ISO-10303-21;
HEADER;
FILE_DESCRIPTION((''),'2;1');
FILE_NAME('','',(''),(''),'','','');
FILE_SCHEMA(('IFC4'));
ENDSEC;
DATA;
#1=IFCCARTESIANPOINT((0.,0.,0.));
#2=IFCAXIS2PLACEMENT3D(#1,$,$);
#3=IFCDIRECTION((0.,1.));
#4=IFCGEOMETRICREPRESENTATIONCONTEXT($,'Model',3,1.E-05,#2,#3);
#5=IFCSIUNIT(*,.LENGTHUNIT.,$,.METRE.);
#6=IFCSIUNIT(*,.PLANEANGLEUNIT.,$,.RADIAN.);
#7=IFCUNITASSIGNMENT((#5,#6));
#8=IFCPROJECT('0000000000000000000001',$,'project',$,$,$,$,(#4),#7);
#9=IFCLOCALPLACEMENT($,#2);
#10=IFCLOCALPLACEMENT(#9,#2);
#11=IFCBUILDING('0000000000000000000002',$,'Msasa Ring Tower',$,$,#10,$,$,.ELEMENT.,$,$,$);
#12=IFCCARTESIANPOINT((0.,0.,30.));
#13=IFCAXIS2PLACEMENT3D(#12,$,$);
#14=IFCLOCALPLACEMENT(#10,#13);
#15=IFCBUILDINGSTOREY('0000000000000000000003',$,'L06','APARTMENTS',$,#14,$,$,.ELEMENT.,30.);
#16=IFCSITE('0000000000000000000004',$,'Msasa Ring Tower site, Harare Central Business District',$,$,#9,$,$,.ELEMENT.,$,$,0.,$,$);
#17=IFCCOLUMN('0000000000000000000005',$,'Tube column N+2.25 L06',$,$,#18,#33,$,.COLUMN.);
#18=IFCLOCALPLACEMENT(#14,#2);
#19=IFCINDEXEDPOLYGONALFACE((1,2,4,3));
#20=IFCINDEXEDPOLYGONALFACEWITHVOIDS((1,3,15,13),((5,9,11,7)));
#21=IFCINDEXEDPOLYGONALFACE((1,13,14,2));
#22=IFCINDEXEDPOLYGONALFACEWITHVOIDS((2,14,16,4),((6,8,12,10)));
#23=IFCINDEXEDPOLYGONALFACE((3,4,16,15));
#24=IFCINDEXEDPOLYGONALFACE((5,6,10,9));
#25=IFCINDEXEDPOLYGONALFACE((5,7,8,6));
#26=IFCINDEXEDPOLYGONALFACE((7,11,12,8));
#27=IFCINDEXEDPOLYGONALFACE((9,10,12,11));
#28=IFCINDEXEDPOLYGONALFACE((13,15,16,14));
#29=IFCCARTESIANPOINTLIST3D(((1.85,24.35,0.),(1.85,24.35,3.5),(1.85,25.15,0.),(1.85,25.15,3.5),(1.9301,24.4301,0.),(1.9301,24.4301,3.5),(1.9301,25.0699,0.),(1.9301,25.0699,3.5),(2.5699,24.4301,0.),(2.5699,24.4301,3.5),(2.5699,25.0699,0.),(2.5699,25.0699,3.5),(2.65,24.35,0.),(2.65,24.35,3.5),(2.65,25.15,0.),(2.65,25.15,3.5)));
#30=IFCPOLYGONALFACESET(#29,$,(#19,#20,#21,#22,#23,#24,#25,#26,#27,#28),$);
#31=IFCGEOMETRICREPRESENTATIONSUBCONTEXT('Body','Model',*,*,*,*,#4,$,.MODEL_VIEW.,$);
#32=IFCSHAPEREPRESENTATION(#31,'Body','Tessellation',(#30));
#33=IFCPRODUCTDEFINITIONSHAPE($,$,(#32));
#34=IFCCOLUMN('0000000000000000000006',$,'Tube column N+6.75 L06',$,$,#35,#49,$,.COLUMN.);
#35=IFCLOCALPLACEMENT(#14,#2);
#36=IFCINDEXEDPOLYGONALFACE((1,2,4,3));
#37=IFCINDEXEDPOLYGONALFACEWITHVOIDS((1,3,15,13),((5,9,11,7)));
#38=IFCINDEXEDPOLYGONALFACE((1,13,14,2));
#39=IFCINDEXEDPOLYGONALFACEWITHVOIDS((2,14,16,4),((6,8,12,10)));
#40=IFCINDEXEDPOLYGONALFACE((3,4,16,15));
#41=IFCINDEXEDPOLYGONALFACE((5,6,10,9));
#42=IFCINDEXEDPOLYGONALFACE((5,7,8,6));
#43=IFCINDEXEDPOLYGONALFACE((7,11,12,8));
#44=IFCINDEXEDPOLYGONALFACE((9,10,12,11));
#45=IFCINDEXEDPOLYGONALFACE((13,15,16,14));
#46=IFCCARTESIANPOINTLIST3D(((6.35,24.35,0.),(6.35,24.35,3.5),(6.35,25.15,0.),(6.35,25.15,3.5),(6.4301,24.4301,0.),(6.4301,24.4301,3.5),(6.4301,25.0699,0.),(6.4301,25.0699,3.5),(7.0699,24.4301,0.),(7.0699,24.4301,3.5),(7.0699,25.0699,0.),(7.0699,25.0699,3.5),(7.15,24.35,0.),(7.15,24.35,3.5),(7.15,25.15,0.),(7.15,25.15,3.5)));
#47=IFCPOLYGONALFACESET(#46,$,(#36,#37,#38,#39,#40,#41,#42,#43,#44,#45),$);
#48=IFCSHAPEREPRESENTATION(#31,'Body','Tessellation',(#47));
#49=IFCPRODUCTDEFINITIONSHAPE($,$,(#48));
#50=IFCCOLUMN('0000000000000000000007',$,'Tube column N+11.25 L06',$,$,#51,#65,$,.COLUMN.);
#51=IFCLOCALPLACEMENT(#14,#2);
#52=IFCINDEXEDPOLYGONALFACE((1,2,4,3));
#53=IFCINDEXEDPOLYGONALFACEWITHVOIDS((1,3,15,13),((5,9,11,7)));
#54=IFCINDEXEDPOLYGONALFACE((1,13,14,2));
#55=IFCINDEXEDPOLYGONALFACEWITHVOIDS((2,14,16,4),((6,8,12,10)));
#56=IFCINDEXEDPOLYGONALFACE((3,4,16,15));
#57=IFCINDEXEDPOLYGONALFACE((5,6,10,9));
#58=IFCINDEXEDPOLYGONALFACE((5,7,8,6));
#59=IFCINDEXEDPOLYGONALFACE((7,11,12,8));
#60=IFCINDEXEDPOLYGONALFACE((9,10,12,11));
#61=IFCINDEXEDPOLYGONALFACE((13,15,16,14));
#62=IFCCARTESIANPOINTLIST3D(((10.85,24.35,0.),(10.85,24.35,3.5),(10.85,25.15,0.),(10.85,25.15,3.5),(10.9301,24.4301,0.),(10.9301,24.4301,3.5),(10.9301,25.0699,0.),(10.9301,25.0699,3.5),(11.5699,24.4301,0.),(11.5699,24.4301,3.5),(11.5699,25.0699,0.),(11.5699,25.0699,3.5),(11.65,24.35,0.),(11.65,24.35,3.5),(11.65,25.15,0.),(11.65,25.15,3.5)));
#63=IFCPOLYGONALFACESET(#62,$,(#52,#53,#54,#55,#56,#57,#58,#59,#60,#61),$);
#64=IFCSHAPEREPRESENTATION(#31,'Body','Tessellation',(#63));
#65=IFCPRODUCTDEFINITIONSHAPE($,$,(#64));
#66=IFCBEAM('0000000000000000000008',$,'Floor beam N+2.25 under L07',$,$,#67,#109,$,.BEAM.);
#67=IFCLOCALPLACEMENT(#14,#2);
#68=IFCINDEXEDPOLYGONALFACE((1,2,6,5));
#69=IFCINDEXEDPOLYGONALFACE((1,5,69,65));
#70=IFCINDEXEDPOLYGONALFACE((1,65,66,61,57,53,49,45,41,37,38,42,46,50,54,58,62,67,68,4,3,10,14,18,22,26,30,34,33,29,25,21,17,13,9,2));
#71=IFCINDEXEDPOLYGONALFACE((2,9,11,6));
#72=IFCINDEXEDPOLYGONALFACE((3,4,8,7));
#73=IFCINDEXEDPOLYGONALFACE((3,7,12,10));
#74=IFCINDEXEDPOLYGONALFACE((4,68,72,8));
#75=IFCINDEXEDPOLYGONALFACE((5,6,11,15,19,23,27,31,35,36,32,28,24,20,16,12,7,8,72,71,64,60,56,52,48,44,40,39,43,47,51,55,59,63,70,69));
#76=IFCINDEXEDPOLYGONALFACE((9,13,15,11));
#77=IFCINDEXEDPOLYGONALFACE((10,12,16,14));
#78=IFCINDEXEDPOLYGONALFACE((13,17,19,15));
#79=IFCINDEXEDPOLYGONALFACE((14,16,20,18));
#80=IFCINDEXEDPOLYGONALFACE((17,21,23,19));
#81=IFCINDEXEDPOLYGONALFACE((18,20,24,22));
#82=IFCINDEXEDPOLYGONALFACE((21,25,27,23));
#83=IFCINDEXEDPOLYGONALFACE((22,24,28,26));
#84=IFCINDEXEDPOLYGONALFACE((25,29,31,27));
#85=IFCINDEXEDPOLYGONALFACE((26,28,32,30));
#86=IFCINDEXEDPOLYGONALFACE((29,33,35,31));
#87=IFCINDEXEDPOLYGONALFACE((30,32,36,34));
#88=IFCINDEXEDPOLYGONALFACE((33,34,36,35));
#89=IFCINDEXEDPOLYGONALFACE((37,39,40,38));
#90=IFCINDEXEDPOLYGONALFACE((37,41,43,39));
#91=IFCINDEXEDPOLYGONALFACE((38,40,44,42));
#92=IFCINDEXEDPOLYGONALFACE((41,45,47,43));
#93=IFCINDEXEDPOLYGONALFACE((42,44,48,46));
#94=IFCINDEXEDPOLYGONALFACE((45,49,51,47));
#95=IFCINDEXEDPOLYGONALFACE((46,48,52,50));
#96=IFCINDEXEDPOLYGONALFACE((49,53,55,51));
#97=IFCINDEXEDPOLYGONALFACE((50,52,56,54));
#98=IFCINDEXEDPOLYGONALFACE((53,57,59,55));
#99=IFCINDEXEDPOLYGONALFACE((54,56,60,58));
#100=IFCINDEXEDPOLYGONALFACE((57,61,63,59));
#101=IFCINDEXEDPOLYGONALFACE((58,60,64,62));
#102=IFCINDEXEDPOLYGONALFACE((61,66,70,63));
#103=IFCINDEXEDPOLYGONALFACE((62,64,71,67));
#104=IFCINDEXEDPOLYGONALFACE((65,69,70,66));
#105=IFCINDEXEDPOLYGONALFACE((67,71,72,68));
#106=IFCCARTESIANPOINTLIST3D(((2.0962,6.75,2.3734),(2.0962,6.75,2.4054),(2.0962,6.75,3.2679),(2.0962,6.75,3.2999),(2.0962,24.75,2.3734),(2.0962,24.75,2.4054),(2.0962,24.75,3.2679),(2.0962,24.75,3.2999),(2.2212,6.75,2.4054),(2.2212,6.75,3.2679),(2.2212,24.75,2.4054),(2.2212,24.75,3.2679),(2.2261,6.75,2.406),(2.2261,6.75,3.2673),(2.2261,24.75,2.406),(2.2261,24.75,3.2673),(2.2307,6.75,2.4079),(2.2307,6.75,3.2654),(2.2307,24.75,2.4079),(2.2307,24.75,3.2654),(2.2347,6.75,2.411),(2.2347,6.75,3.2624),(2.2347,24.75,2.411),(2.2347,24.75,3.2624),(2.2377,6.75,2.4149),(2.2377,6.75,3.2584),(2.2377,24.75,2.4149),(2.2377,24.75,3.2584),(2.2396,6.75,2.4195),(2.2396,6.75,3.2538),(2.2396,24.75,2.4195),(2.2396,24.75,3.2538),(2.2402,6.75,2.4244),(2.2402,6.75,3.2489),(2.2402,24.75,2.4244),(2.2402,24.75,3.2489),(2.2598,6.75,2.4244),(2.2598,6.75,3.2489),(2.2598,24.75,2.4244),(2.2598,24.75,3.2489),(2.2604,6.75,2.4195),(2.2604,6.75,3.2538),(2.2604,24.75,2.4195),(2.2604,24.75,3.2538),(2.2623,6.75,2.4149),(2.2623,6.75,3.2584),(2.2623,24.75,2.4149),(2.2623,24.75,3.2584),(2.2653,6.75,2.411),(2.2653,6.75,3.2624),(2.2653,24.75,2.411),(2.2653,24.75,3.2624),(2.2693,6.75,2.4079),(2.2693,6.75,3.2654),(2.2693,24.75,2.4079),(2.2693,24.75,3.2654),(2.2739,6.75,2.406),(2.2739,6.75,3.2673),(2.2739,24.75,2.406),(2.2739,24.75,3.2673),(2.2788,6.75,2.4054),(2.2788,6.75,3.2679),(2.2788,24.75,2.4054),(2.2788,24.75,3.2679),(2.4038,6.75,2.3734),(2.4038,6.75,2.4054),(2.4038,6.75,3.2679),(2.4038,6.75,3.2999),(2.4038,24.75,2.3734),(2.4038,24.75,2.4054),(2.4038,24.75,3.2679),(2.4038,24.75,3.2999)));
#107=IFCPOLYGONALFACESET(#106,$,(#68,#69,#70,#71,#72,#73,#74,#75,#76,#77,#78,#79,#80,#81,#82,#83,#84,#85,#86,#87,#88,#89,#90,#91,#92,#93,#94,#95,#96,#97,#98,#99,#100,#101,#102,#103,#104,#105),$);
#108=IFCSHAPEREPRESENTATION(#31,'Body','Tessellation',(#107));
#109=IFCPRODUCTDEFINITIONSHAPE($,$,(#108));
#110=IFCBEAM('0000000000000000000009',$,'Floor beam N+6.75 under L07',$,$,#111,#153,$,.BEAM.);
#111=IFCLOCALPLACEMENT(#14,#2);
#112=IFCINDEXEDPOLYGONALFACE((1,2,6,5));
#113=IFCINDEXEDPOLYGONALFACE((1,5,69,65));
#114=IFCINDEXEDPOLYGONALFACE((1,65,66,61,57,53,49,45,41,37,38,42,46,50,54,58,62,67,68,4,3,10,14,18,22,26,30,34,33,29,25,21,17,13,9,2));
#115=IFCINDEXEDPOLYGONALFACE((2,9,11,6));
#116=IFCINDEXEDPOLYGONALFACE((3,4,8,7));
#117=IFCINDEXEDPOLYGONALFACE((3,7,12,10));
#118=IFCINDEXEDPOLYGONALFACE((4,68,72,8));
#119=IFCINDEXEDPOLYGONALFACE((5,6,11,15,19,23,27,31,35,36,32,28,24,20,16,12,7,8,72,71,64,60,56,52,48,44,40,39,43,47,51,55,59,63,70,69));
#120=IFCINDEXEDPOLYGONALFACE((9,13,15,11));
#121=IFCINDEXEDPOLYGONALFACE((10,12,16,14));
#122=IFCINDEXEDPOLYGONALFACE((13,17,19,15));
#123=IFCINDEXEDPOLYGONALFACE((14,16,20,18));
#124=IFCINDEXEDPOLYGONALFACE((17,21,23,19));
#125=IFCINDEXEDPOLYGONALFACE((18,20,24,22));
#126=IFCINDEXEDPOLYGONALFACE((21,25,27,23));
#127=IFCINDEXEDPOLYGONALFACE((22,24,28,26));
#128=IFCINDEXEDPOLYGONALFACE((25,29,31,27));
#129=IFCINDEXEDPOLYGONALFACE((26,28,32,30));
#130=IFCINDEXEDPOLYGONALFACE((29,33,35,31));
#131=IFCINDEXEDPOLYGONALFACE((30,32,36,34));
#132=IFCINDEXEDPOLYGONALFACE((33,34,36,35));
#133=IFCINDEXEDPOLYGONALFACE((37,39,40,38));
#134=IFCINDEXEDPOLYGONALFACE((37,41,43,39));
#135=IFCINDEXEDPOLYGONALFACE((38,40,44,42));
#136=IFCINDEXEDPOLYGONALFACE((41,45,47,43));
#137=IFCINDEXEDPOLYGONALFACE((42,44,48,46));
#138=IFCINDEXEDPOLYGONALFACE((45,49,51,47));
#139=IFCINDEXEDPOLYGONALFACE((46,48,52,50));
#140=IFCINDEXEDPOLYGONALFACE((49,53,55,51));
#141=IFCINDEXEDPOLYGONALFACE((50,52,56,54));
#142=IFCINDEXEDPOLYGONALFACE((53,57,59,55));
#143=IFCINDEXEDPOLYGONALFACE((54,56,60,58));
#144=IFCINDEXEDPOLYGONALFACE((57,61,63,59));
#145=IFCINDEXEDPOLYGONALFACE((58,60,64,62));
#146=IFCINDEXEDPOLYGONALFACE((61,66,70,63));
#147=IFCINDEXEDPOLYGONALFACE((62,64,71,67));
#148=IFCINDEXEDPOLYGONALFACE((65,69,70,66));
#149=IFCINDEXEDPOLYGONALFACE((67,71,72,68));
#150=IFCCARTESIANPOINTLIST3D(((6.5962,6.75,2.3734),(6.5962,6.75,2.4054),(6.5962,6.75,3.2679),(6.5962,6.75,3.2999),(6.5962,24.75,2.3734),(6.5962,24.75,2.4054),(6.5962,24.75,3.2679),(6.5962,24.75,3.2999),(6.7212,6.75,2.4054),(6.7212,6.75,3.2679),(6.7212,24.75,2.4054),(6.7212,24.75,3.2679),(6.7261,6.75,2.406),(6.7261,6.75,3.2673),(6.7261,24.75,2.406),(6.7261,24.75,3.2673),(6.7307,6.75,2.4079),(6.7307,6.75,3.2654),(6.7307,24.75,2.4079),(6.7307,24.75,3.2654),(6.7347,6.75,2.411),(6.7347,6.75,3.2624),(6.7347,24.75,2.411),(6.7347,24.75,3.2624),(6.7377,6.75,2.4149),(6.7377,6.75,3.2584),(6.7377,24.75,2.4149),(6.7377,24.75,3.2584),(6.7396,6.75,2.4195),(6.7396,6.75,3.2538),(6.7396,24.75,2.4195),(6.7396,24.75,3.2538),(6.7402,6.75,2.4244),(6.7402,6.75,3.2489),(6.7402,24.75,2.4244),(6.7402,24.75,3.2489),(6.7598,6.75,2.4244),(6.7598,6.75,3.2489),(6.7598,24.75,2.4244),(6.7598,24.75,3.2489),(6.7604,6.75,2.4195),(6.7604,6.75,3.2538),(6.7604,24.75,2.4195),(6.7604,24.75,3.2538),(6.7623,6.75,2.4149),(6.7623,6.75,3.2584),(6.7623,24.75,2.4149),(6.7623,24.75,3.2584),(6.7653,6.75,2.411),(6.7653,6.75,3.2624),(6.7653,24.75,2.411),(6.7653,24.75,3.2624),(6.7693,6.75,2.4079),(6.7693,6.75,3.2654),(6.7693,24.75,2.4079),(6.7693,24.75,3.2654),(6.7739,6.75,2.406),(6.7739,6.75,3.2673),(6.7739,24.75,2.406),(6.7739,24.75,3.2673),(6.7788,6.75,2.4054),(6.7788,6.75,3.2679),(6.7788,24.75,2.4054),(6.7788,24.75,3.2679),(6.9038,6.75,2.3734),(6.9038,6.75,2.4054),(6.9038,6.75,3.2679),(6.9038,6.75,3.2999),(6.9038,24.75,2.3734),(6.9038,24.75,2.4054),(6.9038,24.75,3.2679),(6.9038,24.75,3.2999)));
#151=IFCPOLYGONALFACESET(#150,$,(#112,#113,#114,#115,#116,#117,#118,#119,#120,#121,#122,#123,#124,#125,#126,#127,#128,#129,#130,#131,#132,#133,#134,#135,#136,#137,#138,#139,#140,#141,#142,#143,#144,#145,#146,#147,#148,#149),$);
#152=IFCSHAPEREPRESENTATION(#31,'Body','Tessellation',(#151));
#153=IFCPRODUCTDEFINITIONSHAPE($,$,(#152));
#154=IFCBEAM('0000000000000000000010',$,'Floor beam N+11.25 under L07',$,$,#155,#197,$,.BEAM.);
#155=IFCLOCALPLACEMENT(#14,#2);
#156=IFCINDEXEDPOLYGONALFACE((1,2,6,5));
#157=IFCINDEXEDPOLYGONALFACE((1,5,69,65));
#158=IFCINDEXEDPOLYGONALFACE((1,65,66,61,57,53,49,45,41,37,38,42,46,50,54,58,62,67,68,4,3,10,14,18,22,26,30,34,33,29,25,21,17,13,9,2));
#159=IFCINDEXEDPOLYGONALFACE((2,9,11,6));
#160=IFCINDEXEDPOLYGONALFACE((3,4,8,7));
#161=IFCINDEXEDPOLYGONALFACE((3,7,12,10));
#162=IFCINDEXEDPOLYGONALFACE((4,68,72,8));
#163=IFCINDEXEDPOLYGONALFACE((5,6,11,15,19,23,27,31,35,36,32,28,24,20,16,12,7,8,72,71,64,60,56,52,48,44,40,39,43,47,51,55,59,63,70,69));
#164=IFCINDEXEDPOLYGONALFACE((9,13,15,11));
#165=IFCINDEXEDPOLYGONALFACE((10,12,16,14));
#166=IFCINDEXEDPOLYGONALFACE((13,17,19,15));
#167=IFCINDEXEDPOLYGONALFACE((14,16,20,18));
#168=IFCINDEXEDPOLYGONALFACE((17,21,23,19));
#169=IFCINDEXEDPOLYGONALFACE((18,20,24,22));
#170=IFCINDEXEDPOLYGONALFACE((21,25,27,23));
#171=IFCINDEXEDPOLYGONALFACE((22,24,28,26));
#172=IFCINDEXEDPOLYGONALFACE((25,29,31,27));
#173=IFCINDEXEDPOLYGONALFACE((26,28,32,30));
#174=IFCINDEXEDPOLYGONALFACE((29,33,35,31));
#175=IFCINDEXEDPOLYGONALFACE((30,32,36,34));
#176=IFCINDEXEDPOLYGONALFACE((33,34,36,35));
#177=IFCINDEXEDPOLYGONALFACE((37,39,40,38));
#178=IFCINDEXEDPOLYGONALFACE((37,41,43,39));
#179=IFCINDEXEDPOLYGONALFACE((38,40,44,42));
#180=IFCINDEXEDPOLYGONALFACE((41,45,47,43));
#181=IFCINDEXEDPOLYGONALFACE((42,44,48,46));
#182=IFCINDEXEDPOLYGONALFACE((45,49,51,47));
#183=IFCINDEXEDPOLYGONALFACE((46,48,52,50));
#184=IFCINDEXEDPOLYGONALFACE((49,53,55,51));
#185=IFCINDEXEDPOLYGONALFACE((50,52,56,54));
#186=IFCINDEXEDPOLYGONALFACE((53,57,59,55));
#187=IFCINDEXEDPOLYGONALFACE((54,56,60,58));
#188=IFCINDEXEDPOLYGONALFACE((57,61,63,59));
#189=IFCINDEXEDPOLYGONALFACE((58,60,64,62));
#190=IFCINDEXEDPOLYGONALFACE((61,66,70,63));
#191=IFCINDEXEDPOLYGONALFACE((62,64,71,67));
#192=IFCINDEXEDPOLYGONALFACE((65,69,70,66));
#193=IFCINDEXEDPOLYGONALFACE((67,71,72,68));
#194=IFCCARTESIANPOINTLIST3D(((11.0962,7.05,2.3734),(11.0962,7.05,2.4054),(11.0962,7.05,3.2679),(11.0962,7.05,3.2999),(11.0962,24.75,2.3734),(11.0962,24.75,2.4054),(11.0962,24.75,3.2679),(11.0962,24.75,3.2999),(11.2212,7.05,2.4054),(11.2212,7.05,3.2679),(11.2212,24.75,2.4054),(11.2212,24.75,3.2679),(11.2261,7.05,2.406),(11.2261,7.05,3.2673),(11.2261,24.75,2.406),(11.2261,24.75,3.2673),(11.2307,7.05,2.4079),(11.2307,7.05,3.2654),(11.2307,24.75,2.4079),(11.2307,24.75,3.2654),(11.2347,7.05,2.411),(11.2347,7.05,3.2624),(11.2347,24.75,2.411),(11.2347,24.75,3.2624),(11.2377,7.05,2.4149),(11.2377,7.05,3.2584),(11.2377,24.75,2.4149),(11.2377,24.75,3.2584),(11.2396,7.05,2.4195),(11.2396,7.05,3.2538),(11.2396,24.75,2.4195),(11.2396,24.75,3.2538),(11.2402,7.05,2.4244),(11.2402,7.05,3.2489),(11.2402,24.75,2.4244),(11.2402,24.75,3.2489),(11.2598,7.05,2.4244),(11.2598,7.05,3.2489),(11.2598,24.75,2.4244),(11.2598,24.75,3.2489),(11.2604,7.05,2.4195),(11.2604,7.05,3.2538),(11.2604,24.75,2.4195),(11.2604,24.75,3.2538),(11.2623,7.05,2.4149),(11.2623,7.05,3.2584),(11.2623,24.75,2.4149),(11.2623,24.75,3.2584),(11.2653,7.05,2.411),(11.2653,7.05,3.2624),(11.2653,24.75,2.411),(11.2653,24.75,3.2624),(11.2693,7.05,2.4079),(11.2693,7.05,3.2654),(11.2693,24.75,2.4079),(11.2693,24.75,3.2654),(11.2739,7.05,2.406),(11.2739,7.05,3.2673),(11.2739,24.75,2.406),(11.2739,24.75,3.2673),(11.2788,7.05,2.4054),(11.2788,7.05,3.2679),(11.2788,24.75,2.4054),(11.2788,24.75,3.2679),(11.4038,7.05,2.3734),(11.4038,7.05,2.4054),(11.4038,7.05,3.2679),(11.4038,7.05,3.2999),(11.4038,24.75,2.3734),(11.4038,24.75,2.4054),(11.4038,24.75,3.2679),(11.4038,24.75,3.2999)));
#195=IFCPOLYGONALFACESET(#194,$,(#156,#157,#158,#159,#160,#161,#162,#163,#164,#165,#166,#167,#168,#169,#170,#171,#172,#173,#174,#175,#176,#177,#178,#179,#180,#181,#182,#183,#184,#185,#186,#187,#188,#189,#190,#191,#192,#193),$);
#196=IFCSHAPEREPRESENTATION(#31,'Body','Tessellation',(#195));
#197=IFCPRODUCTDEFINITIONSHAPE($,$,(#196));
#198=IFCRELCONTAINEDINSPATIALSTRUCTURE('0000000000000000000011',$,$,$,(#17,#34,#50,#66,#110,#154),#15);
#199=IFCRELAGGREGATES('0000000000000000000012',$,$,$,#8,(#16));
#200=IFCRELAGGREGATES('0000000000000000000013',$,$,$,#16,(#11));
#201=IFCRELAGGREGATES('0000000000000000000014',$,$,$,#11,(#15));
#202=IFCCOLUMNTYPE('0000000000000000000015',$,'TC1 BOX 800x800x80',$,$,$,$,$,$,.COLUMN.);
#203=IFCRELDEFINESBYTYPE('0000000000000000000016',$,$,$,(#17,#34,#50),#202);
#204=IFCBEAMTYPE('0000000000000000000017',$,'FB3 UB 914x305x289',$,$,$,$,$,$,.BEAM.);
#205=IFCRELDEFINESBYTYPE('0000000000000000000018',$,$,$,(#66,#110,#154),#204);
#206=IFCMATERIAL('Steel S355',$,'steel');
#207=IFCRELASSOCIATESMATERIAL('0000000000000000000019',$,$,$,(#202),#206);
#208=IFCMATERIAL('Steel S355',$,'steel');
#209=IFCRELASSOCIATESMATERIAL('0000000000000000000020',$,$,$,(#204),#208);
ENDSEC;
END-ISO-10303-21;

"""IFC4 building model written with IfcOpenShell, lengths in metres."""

from ifc_helpers import new_model, si_unit, direction, frame, origin, origin_2d, place, context, subcontext, project, spatial, hollow_rectangle, i_section, extrude, material, material_profile, profile_set, type_object, element, save


model = new_model("IFC4")

# Units and contexts
model_context = context("Model", 3, precision=1e-05, world=origin(), true_north=direction((0.0, 1.0)))
body_context = subcontext(model_context, "Body", "Model", "MODEL_VIEW")
ifc_project = project(units=[si_unit("LENGTHUNIT", "METRE"), si_unit("PLANEANGLEUNIT", "RADIAN")], contexts=[model_context])

# Site, building, storey
site_placement = place(None, origin())
site = spatial("IfcSite", under=ifc_project, at=site_placement, Name="Msasa Ring Tower site, Harare Central Business District", CompositionType="ELEMENT", RefElevation=0.0)
building_placement = place(site_placement, origin())
building = spatial("IfcBuilding", under=site, at=building_placement, Name="Msasa Ring Tower", CompositionType="ELEMENT")
storey_placement = place(building_placement, frame((0.0, 0.0, 30.0)))
storey = spatial("IfcBuildingStorey", under=building, at=storey_placement, Name="L06", Description="APARTMENTS", CompositionType="ELEMENT", Elevation=30.0)

# Columns
ifc_material_1 = material(Name="Steel S355", Category="steel")
ifc_material_profile_1 = material_profile(ifc_material_1, hollow_rectangle(XDim=0.8, YDim=0.8, WallThickness=0.0801, at=origin_2d()), Name="BOX 800x800x80")
ifc_profile_set_1 = profile_set([ifc_material_profile_1], Name="Steel S355")
column_type = type_object("IfcColumnType", Name="TC1 BOX 800x800x80", PredefinedType="COLUMN", material=ifc_profile_set_1)
for number, where, z_axis, x_axis, name in (
    (1, (2.25, 24.75, 0.0), (0.0, 0.0, 1.0), (0.0, 1.0, 0.0), "Tube column N+2.25 L06"),
    (2, (6.75, 24.75, 0.0), (0.0, 0.0, 1.0), (0.0, 1.0, 0.0), "Tube column N+6.75 L06"),
    (3, (11.25, 24.75, 0.0), (0.0, 0.0, 1.0), (0.0, 1.0, 0.0), "Tube column N+11.25 L06"),
):
    element("IfcColumn", number, at=place(storey_placement, frame(where, z_axis=z_axis, x_axis=x_axis)), inside=storey, type_object=column_type, Name=name, PredefinedType="COLUMN", context=body_context, shape_type="SweptSolid", body=[
        extrude(hollow_rectangle(XDim=0.8, YDim=0.8, WallThickness=0.0801, at=origin_2d()), origin(), (0.0, 0.0, 1.0), 3.5),
    ])

# Beams
ifc_material_2 = material(Name="Steel S355", Category="steel")
ifc_material_profile_2 = material_profile(ifc_material_2, i_section(OverallWidth=0.3076, OverallDepth=0.9265, WebThickness=0.0195, FlangeThickness=0.032, FilletRadius=0.019, at=origin_2d()), Name="UB 914x305x289")
ifc_profile_set_2 = profile_set([ifc_material_profile_2], Name="Steel S355")
beam_type_1 = type_object("IfcBeamType", Name="FB3 UB 914x305x289", PredefinedType="BEAM", material=ifc_profile_set_2)
for number, where, z_axis, x_axis, name in (
    (4, (2.25, 24.75, 2.8367), (0.0, -1.0, 0.0), (1.0, 0.0, 0.0), "Floor beam N+2.25 under L07"),
    (5, (6.75, 24.75, 2.8367), (0.0, -1.0, 0.0), (1.0, 0.0, 0.0), "Floor beam N+6.75 under L07"),
):
    element("IfcBeam", number, at=place(storey_placement, frame(where, z_axis=z_axis, x_axis=x_axis)), inside=storey, type_object=beam_type_1, Name=name, PredefinedType="BEAM", context=body_context, shape_type="SweptSolid", body=[
        extrude(i_section(OverallWidth=0.3076, OverallDepth=0.9265, WebThickness=0.0195, FlangeThickness=0.032, FilletRadius=0.019, at=origin_2d()), origin(), (0.0, 0.0, 1.0), 18.0),
    ])
beam_placement = place(storey_placement, frame((11.25, 24.75, 2.8367), z_axis=(0.0, -1.0, 0.0), x_axis=(1.0, 0.0, 0.0)))
element("IfcBeam", 6, at=beam_placement, inside=storey, type_object=beam_type_1, Name="Floor beam N+11.25 under L07", PredefinedType="BEAM", context=body_context, shape_type="SweptSolid", body=[
    extrude(i_section(OverallWidth=0.3076, OverallDepth=0.9265, WebThickness=0.0195, FlangeThickness=0.032, FilletRadius=0.019, at=origin_2d()), origin(), (0.0, 0.0, 1.0), 17.7),
])

save(model, "model.ifc")
